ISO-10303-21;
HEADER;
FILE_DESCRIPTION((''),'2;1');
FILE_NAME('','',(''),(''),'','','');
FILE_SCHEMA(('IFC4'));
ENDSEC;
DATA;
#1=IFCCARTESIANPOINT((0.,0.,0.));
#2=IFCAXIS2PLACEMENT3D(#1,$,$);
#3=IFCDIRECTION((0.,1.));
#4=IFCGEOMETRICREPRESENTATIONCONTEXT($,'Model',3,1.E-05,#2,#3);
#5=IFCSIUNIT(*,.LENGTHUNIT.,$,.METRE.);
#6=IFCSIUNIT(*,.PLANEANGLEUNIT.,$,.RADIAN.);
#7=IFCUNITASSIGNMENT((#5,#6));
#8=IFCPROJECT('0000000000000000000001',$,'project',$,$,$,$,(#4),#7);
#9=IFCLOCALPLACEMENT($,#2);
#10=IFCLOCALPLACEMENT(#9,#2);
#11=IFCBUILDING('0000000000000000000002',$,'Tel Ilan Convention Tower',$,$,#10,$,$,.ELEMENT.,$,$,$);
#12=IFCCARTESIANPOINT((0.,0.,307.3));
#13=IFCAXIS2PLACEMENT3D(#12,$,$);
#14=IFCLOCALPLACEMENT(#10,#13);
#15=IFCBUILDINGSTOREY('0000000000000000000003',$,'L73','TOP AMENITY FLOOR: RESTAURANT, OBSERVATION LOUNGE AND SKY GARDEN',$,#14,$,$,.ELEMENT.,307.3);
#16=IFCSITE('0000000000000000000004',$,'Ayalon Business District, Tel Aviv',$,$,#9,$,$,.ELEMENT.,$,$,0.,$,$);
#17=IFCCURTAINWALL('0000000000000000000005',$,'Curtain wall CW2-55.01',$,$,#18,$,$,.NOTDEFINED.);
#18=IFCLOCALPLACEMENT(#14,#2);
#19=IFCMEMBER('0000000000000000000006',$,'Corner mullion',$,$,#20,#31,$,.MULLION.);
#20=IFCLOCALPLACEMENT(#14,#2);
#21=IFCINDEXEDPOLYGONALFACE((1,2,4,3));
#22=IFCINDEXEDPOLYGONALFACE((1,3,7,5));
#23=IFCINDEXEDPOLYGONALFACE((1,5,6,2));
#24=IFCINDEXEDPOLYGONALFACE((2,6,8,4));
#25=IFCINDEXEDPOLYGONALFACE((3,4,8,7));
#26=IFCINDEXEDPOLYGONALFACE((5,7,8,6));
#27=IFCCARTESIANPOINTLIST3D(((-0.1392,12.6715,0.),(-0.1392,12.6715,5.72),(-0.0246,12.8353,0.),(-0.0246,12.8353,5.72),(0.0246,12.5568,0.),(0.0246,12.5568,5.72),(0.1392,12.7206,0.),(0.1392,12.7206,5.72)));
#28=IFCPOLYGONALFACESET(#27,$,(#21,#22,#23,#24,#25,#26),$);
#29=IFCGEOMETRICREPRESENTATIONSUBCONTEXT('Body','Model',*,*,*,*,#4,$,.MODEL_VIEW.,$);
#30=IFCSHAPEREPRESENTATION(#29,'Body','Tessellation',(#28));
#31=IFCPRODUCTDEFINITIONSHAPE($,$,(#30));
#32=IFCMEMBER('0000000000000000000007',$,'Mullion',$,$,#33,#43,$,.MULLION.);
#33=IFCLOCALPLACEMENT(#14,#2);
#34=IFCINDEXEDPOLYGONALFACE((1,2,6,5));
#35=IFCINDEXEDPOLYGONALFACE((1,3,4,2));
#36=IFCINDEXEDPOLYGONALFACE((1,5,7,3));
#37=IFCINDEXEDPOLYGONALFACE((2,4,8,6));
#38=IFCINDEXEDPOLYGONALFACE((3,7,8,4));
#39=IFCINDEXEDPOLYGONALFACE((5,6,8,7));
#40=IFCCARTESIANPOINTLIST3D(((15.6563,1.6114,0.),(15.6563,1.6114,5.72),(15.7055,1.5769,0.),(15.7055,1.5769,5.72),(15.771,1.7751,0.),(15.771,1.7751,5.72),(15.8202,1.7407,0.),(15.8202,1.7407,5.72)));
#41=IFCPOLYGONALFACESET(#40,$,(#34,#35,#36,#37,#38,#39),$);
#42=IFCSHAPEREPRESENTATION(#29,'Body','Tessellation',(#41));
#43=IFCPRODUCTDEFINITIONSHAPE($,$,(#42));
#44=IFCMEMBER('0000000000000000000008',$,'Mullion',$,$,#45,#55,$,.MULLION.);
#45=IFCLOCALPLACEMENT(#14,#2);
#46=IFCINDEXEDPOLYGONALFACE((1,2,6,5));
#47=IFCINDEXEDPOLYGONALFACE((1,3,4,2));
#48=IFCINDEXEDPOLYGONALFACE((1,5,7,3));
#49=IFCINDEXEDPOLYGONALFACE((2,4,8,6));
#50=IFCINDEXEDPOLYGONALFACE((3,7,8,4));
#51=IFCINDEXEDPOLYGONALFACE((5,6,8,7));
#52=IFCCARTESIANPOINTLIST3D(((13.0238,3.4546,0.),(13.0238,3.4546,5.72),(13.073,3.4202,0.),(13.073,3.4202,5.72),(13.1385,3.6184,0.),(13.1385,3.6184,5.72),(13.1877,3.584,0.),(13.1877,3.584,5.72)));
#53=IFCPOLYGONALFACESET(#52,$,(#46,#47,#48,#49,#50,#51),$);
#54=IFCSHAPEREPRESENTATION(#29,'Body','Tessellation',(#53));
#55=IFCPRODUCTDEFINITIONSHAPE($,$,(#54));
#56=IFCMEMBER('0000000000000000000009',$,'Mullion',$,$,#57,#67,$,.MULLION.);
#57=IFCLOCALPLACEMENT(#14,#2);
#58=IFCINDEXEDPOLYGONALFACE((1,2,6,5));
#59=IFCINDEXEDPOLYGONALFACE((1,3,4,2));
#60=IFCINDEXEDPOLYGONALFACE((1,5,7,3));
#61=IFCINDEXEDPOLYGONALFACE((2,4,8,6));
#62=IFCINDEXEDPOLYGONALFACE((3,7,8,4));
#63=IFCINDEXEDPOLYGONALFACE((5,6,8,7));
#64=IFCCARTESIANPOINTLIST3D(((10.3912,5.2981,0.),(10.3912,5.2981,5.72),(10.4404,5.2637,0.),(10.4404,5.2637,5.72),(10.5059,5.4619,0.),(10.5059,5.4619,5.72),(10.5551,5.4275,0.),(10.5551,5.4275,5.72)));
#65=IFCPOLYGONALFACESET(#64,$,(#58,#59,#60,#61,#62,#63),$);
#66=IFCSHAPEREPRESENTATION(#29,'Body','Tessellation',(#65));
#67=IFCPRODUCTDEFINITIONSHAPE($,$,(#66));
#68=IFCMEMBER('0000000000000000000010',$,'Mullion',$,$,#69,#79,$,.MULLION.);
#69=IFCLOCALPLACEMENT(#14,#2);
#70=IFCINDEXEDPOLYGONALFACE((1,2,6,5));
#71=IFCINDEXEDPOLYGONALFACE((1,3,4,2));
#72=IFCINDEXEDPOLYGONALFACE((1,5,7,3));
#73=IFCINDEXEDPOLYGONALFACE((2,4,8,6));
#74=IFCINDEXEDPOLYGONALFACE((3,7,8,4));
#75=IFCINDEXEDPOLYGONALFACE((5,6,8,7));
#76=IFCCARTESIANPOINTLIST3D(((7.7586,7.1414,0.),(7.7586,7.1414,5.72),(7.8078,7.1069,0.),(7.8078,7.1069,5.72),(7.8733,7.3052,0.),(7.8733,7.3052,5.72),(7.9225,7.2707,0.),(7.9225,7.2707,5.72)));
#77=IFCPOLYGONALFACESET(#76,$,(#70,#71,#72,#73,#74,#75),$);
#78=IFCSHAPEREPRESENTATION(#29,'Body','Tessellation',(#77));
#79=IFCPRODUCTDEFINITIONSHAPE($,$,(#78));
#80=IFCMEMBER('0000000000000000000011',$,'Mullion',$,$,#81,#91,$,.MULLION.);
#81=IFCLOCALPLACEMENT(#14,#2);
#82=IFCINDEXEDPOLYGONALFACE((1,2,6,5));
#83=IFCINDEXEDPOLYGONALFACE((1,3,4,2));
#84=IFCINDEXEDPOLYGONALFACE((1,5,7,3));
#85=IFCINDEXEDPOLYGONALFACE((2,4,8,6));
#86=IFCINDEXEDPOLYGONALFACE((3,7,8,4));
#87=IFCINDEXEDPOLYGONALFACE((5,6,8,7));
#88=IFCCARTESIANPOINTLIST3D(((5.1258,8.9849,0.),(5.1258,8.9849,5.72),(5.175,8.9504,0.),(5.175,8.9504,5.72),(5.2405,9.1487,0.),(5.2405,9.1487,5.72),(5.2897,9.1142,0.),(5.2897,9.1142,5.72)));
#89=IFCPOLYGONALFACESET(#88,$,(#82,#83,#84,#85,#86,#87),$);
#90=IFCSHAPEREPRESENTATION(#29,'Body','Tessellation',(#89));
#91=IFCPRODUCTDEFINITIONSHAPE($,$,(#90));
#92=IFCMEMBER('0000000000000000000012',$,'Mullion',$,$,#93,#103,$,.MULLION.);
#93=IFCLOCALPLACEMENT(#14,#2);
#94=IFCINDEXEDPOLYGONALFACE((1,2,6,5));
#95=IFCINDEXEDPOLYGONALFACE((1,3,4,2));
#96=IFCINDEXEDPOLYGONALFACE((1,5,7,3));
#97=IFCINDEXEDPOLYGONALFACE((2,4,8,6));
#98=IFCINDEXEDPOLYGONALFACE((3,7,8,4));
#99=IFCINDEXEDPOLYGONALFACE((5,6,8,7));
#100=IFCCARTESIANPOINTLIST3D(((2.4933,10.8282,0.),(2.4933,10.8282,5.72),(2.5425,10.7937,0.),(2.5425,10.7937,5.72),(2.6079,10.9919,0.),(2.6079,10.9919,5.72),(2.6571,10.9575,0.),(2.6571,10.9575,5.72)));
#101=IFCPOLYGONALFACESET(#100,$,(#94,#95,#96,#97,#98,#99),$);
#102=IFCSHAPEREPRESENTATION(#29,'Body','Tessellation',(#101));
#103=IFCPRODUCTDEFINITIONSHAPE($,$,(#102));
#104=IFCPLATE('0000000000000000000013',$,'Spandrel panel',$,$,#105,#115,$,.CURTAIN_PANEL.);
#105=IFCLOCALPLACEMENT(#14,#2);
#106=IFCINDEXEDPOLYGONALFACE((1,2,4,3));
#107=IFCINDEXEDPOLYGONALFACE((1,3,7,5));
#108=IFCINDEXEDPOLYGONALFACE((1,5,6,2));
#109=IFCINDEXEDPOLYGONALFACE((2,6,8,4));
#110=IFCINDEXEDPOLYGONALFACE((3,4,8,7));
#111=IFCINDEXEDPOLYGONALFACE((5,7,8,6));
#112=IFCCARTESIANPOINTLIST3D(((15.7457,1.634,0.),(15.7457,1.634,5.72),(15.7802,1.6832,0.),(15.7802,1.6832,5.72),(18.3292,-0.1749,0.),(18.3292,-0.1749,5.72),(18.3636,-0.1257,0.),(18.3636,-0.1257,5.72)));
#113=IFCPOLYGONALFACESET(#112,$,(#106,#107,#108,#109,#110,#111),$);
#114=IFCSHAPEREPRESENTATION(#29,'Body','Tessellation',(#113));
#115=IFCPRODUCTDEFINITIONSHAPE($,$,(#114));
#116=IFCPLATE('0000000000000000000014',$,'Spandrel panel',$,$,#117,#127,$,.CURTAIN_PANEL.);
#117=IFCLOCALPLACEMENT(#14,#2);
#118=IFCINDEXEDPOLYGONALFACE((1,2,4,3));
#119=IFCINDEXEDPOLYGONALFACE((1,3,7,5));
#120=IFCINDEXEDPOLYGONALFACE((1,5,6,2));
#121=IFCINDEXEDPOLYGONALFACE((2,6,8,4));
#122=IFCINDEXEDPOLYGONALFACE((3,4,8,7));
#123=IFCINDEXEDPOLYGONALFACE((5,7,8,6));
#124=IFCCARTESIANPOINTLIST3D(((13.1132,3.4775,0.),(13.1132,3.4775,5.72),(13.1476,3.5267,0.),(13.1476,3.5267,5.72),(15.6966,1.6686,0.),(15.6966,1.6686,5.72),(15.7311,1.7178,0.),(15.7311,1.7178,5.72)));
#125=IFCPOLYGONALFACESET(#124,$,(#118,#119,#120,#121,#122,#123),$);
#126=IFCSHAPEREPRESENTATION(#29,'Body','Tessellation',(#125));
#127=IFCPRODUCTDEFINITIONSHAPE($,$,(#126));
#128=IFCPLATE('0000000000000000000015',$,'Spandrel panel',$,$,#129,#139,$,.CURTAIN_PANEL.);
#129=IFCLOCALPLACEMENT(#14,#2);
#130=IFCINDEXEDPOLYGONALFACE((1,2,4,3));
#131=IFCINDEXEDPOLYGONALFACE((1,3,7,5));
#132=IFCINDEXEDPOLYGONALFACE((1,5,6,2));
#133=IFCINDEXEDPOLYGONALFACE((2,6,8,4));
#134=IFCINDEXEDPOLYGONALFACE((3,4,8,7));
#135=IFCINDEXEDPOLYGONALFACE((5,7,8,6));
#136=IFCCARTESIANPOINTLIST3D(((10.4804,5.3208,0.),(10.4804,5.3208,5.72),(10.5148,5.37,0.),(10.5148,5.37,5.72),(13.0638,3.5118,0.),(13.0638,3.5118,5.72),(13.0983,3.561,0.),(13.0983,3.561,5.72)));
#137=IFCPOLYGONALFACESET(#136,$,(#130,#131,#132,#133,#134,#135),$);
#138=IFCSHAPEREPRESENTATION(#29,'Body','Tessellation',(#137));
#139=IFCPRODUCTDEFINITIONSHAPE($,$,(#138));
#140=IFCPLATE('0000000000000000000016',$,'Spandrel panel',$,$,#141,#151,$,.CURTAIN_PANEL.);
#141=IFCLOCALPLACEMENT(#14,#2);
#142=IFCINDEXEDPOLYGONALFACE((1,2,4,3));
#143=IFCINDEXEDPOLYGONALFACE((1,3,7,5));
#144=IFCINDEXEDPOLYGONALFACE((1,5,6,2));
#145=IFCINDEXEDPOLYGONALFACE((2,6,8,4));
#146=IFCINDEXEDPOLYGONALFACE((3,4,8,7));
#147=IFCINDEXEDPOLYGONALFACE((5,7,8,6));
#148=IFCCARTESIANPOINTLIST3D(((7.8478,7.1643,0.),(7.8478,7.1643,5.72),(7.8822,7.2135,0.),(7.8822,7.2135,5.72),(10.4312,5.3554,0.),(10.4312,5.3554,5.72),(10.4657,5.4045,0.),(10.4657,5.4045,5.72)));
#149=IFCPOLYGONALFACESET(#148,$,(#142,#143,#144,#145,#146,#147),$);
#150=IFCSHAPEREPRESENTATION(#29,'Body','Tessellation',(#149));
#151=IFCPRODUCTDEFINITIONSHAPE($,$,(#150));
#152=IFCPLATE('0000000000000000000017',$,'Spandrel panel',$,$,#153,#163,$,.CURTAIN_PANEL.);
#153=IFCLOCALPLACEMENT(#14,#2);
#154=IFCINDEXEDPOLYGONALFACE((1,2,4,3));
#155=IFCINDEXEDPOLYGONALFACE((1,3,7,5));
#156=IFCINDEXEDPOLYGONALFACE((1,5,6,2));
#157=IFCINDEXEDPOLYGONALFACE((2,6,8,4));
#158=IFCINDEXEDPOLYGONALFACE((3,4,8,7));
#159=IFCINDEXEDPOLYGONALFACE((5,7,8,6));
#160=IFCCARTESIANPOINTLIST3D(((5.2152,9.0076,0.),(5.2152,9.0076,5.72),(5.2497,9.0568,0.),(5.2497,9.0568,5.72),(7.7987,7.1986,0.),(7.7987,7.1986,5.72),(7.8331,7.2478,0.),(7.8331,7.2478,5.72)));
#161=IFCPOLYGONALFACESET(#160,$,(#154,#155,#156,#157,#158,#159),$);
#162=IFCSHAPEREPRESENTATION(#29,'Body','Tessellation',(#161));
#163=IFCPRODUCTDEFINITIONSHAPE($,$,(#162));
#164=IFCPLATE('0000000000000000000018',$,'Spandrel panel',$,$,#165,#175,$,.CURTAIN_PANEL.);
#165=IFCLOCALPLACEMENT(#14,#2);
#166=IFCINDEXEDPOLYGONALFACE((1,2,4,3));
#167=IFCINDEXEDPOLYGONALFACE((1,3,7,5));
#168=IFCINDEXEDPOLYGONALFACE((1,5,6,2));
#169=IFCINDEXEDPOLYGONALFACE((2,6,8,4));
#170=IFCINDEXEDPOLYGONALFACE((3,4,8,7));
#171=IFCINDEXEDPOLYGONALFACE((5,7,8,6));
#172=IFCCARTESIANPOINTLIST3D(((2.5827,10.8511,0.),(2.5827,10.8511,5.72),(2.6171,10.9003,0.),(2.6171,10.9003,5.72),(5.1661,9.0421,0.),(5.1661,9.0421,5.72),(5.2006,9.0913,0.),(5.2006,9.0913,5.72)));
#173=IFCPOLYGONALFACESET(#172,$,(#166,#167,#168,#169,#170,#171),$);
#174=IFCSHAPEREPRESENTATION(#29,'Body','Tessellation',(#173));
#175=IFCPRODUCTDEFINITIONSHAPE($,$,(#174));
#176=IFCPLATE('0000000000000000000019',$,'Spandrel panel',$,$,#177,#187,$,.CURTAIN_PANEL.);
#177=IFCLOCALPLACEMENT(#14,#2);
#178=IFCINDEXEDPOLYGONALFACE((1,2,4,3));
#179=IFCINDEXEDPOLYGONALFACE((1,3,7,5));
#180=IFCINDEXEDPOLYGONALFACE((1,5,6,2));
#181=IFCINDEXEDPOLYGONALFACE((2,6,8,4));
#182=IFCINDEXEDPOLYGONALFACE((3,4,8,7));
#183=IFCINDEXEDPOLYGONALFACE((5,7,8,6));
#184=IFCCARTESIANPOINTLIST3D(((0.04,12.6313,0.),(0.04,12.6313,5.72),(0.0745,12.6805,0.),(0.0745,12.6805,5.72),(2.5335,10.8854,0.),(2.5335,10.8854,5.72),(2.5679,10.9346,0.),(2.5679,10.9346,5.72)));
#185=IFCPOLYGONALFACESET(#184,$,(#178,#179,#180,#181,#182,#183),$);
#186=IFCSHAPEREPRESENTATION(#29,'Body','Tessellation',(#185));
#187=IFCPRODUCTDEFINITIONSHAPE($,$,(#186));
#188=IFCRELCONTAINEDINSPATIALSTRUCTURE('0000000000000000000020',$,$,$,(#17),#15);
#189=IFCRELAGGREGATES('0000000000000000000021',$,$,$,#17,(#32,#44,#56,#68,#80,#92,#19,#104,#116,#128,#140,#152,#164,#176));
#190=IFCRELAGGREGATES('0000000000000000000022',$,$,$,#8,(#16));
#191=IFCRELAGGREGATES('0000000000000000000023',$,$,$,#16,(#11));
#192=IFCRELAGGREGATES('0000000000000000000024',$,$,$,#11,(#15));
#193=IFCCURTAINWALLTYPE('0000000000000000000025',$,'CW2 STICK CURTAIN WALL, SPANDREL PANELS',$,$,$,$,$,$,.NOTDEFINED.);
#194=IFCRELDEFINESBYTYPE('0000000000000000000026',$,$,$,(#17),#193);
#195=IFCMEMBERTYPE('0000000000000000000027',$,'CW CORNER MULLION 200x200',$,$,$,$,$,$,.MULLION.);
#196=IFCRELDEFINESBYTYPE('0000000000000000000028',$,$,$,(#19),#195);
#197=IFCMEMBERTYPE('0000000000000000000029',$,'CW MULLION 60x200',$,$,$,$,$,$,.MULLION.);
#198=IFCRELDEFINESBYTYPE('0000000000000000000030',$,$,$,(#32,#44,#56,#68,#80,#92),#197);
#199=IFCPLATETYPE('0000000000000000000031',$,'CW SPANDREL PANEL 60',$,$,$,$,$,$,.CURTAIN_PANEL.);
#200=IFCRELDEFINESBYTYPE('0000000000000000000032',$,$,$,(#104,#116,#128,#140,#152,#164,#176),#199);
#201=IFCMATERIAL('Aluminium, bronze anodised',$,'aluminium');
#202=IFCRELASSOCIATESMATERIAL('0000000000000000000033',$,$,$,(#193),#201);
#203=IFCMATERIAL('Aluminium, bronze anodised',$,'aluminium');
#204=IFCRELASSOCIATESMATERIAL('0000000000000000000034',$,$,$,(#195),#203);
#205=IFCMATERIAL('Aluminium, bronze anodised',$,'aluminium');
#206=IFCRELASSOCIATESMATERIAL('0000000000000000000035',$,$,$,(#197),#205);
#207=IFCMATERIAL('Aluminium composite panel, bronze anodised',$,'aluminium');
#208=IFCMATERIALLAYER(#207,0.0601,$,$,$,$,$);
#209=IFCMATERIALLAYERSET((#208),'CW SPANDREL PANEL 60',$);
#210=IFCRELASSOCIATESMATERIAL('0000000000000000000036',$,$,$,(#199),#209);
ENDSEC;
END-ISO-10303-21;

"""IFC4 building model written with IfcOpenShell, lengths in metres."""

from ifc_helpers import new_model, si_unit, direction, frame, origin, origin_2d, place, context, subcontext, project, spatial, rectangle, extrude, material, layer, layer_set, material_profile, profile_set, type_object, element, aggregate, save


model = new_model("IFC4")

# Units and contexts
model_context = context("Model", 3, precision=1e-05, world=origin(), true_north=direction((0.0, 1.0)))
body_context = subcontext(model_context, "Body", "Model", "MODEL_VIEW")
ifc_project = project(units=[si_unit("LENGTHUNIT", "METRE"), si_unit("PLANEANGLEUNIT", "RADIAN")], contexts=[model_context])

# Site, building, storey
site_placement = place(None, origin())
site = spatial("IfcSite", under=ifc_project, at=site_placement, Name="Ayalon Business District, Tel Aviv", CompositionType="ELEMENT", RefElevation=0.0)
building_placement = place(site_placement, origin())
building = spatial("IfcBuilding", under=site, at=building_placement, Name="Tel Ilan Convention Tower", CompositionType="ELEMENT")
storey_placement = place(building_placement, frame((0.0, 0.0, 307.3)))
storey = spatial("IfcBuildingStorey", under=building, at=storey_placement, Name="L73", Description="TOP AMENITY FLOOR: RESTAURANT, OBSERVATION LOUNGE AND SKY GARDEN", CompositionType="ELEMENT", Elevation=307.3)

# Curtain wall, members, plates
ifc_material_1 = material(Name="Aluminium, bronze anodised", Category="aluminium")
curtain_wall_type = type_object("IfcCurtainWallType", Name="CW2 STICK CURTAIN WALL, SPANDREL PANELS", PredefinedType="NOTDEFINED", material=ifc_material_1)
curtain_wall_placement = place(storey_placement, origin())
curtain_wall = element("IfcCurtainWall", 1, at=curtain_wall_placement, inside=storey, type_object=curtain_wall_type, Name="Curtain wall CW2-55.01", PredefinedType="NOTDEFINED")
ifc_material_2 = material(Name="Aluminium, bronze anodised", Category="aluminium")
ifc_material_profile_1 = material_profile(ifc_material_2, rectangle(XDim=0.2, YDim=0.2, at=origin_2d()), Name="CW CORNER MULLION 200x200")
ifc_profile_set_1 = profile_set([ifc_material_profile_1], Name="Aluminium, bronze anodised")
member_type_1 = type_object("IfcMemberType", Name="CW CORNER MULLION 200x200", PredefinedType="MULLION", material=ifc_profile_set_1)
member_1_placement = place(storey_placement, frame((0.0, 12.696, 0.0), z_axis=(0.0, 0.0, 1.0), x_axis=(-0.819152, 0.573576, 0.0)))
member_1 = element("IfcMember", 2, at=member_1_placement, type_object=member_type_1, Name="Corner mullion", PredefinedType="MULLION", context=body_context, shape_type="SweptSolid", body=[
    extrude(rectangle(XDim=0.2, YDim=0.2, at=origin_2d()), origin(), (0.0, 0.0, 1.0), 5.72),
])
ifc_material_3 = material(Name="Aluminium, bronze anodised", Category="aluminium")
ifc_material_profile_2 = material_profile(ifc_material_3, rectangle(XDim=0.0601, YDim=0.2, at=origin_2d()), Name="CW MULLION 60x200")
ifc_profile_set_2 = profile_set([ifc_material_profile_2], Name="Aluminium, bronze anodised")
member_type_2 = type_object("IfcMemberType", Name="CW MULLION 60x200", PredefinedType="MULLION", material=ifc_profile_set_2)
member_2_placement = place(storey_placement, frame((15.7383, 1.676, 0.0), z_axis=(0.0, 0.0, 1.0), x_axis=(-0.819152, 0.573576, 0.0)))
member_2 = element("IfcMember", 3, at=member_2_placement, type_object=member_type_2, Name="Mullion", PredefinedType="MULLION", context=body_context, shape_type="SweptSolid", body=[
    extrude(rectangle(XDim=0.0601, YDim=0.2, at=origin_2d()), origin(), (0.0, 0.0, 1.0), 5.72),
])
member_3_placement = place(storey_placement, frame((13.1057, 3.5193, 0.0), z_axis=(0.0, 0.0, 1.0), x_axis=(-0.819152, 0.573576, 0.0)))
member_3 = element("IfcMember", 4, at=member_3_placement, type_object=member_type_2, Name="Mullion", PredefinedType="MULLION", context=body_context, shape_type="SweptSolid", body=[
    extrude(rectangle(XDim=0.0601, YDim=0.2, at=origin_2d()), origin(), (0.0, 0.0, 1.0), 5.72),
])
member_4_placement = place(storey_placement, frame((10.4731, 5.3628, 0.0), z_axis=(0.0, 0.0, 1.0), x_axis=(-0.819152, 0.573576, 0.0)))
member_4 = element("IfcMember", 5, at=member_4_placement, type_object=member_type_2, Name="Mullion", PredefinedType="MULLION", context=body_context, shape_type="SweptSolid", body=[
    extrude(rectangle(XDim=0.0601, YDim=0.2, at=origin_2d()), origin(), (0.0, 0.0, 1.0), 5.72),
])
member_5_placement = place(storey_placement, frame((7.8406, 7.2061, 0.0), z_axis=(0.0, 0.0, 1.0), x_axis=(-0.819152, 0.573576, 0.0)))
member_5 = element("IfcMember", 6, at=member_5_placement, type_object=member_type_2, Name="Mullion", PredefinedType="MULLION", context=body_context, shape_type="SweptSolid", body=[
    extrude(rectangle(XDim=0.0601, YDim=0.2, at=origin_2d()), origin(), (0.0, 0.0, 1.0), 5.72),
])
member_6_placement = place(storey_placement, frame((5.2078, 9.0496, 0.0), z_axis=(0.0, 0.0, 1.0), x_axis=(-0.819152, 0.573576, 0.0)))
member_6 = element("IfcMember", 7, at=member_6_placement, type_object=member_type_2, Name="Mullion", PredefinedType="MULLION", context=body_context, shape_type="SweptSolid", body=[
    extrude(rectangle(XDim=0.0601, YDim=0.2, at=origin_2d()), origin(), (0.0, 0.0, 1.0), 5.72),
])
member_7_placement = place(storey_placement, frame((2.5752, 10.8928, 0.0), z_axis=(0.0, 0.0, 1.0), x_axis=(-0.819152, 0.573576, 0.0)))
member_7 = element("IfcMember", 8, at=member_7_placement, type_object=member_type_2, Name="Mullion", PredefinedType="MULLION", context=body_context, shape_type="SweptSolid", body=[
    extrude(rectangle(XDim=0.0601, YDim=0.2, at=origin_2d()), origin(), (0.0, 0.0, 1.0), 5.72),
])
ifc_material_4 = material(Name="Aluminium composite panel, bronze anodised", Category="aluminium")
ifc_layer_1 = layer(ifc_material_4, 0.0601)
ifc_layer_set_1 = layer_set([ifc_layer_1], Name="CW SPANDREL PANEL 60")
plate_type = type_object("IfcPlateType", Name="CW SPANDREL PANEL 60", PredefinedType="CURTAIN_PANEL", material=ifc_layer_set_1)
plate_1_placement = place(storey_placement, frame((17.0547, 0.7542, 0.0), z_axis=(0.0, 0.0, 1.0), x_axis=(-0.819152, 0.573576, 0.0)))
plate_1 = element("IfcPlate", 9, at=plate_1_placement, type_object=plate_type, Name="Spandrel panel", PredefinedType="CURTAIN_PANEL", context=body_context, shape_type="SweptSolid", body=[
    extrude(rectangle(XDim=3.1538, YDim=0.0601, at=origin_2d()), origin(), (0.0, 0.0, 1.0), 5.72),
])
plate_2_placement = place(storey_placement, frame((14.4221, 2.5977, 0.0), z_axis=(0.0, 0.0, 1.0), x_axis=(-0.819152, 0.573576, 0.0)))
plate_2 = element("IfcPlate", 10, at=plate_2_placement, type_object=plate_type, Name="Spandrel panel", PredefinedType="CURTAIN_PANEL", context=body_context, shape_type="SweptSolid", body=[
    extrude(rectangle(XDim=3.1538, YDim=0.0601, at=origin_2d()), origin(), (0.0, 0.0, 1.0), 5.72),
])
plate_3_placement = place(storey_placement, frame((11.7893, 4.4409, 0.0), z_axis=(0.0, 0.0, 1.0), x_axis=(-0.819152, 0.573576, 0.0)))
plate_3 = element("IfcPlate", 11, at=plate_3_placement, type_object=plate_type, Name="Spandrel panel", PredefinedType="CURTAIN_PANEL", context=body_context, shape_type="SweptSolid", body=[
    extrude(rectangle(XDim=3.1538, YDim=0.0601, at=origin_2d()), origin(), (0.0, 0.0, 1.0), 5.72),
])
plate_4_placement = place(storey_placement, frame((9.1567, 6.2844, 0.0), z_axis=(0.0, 0.0, 1.0), x_axis=(-0.819152, 0.573576, 0.0)))
plate_4 = element("IfcPlate", 12, at=plate_4_placement, type_object=plate_type, Name="Spandrel panel", PredefinedType="CURTAIN_PANEL", context=body_context, shape_type="SweptSolid", body=[
    extrude(rectangle(XDim=3.1538, YDim=0.0601, at=origin_2d()), origin(), (0.0, 0.0, 1.0), 5.72),
])
plate_5_placement = place(storey_placement, frame((6.5242, 8.1277, 0.0), z_axis=(0.0, 0.0, 1.0), x_axis=(-0.819152, 0.573576, 0.0)))
plate_5 = element("IfcPlate", 13, at=plate_5_placement, type_object=plate_type, Name="Spandrel panel", PredefinedType="CURTAIN_PANEL", context=body_context, shape_type="SweptSolid", body=[
    extrude(rectangle(XDim=3.1538, YDim=0.0601, at=origin_2d()), origin(), (0.0, 0.0, 1.0), 5.72),
])
plate_6_placement = place(storey_placement, frame((3.8916, 9.9712, 0.0), z_axis=(0.0, 0.0, 1.0), x_axis=(-0.819152, 0.573576, 0.0)))
plate_6 = element("IfcPlate", 14, at=plate_6_placement, type_object=plate_type, Name="Spandrel panel", PredefinedType="CURTAIN_PANEL", context=body_context, shape_type="SweptSolid", body=[
    extrude(rectangle(XDim=3.1538, YDim=0.0601, at=origin_2d()), origin(), (0.0, 0.0, 1.0), 5.72),
])
plate_7_placement = place(storey_placement, frame((1.304, 11.783, 0.0), z_axis=(0.0, 0.0, 1.0), x_axis=(-0.819152, 0.573576, 0.0)))
plate_7 = element("IfcPlate", 15, at=plate_7_placement, type_object=plate_type, Name="Spandrel panel", PredefinedType="CURTAIN_PANEL", context=body_context, shape_type="SweptSolid", body=[
    extrude(rectangle(XDim=3.0439, YDim=0.0601, at=origin_2d()), origin(), (0.0, 0.0, 1.0), 5.72),
])
aggregate(curtain_wall, [member_2, member_3, member_4, member_5, member_6, member_7, member_1, plate_1, plate_2, plate_3, plate_4, plate_5, plate_6, plate_7])

save(model, "model.ifc")
